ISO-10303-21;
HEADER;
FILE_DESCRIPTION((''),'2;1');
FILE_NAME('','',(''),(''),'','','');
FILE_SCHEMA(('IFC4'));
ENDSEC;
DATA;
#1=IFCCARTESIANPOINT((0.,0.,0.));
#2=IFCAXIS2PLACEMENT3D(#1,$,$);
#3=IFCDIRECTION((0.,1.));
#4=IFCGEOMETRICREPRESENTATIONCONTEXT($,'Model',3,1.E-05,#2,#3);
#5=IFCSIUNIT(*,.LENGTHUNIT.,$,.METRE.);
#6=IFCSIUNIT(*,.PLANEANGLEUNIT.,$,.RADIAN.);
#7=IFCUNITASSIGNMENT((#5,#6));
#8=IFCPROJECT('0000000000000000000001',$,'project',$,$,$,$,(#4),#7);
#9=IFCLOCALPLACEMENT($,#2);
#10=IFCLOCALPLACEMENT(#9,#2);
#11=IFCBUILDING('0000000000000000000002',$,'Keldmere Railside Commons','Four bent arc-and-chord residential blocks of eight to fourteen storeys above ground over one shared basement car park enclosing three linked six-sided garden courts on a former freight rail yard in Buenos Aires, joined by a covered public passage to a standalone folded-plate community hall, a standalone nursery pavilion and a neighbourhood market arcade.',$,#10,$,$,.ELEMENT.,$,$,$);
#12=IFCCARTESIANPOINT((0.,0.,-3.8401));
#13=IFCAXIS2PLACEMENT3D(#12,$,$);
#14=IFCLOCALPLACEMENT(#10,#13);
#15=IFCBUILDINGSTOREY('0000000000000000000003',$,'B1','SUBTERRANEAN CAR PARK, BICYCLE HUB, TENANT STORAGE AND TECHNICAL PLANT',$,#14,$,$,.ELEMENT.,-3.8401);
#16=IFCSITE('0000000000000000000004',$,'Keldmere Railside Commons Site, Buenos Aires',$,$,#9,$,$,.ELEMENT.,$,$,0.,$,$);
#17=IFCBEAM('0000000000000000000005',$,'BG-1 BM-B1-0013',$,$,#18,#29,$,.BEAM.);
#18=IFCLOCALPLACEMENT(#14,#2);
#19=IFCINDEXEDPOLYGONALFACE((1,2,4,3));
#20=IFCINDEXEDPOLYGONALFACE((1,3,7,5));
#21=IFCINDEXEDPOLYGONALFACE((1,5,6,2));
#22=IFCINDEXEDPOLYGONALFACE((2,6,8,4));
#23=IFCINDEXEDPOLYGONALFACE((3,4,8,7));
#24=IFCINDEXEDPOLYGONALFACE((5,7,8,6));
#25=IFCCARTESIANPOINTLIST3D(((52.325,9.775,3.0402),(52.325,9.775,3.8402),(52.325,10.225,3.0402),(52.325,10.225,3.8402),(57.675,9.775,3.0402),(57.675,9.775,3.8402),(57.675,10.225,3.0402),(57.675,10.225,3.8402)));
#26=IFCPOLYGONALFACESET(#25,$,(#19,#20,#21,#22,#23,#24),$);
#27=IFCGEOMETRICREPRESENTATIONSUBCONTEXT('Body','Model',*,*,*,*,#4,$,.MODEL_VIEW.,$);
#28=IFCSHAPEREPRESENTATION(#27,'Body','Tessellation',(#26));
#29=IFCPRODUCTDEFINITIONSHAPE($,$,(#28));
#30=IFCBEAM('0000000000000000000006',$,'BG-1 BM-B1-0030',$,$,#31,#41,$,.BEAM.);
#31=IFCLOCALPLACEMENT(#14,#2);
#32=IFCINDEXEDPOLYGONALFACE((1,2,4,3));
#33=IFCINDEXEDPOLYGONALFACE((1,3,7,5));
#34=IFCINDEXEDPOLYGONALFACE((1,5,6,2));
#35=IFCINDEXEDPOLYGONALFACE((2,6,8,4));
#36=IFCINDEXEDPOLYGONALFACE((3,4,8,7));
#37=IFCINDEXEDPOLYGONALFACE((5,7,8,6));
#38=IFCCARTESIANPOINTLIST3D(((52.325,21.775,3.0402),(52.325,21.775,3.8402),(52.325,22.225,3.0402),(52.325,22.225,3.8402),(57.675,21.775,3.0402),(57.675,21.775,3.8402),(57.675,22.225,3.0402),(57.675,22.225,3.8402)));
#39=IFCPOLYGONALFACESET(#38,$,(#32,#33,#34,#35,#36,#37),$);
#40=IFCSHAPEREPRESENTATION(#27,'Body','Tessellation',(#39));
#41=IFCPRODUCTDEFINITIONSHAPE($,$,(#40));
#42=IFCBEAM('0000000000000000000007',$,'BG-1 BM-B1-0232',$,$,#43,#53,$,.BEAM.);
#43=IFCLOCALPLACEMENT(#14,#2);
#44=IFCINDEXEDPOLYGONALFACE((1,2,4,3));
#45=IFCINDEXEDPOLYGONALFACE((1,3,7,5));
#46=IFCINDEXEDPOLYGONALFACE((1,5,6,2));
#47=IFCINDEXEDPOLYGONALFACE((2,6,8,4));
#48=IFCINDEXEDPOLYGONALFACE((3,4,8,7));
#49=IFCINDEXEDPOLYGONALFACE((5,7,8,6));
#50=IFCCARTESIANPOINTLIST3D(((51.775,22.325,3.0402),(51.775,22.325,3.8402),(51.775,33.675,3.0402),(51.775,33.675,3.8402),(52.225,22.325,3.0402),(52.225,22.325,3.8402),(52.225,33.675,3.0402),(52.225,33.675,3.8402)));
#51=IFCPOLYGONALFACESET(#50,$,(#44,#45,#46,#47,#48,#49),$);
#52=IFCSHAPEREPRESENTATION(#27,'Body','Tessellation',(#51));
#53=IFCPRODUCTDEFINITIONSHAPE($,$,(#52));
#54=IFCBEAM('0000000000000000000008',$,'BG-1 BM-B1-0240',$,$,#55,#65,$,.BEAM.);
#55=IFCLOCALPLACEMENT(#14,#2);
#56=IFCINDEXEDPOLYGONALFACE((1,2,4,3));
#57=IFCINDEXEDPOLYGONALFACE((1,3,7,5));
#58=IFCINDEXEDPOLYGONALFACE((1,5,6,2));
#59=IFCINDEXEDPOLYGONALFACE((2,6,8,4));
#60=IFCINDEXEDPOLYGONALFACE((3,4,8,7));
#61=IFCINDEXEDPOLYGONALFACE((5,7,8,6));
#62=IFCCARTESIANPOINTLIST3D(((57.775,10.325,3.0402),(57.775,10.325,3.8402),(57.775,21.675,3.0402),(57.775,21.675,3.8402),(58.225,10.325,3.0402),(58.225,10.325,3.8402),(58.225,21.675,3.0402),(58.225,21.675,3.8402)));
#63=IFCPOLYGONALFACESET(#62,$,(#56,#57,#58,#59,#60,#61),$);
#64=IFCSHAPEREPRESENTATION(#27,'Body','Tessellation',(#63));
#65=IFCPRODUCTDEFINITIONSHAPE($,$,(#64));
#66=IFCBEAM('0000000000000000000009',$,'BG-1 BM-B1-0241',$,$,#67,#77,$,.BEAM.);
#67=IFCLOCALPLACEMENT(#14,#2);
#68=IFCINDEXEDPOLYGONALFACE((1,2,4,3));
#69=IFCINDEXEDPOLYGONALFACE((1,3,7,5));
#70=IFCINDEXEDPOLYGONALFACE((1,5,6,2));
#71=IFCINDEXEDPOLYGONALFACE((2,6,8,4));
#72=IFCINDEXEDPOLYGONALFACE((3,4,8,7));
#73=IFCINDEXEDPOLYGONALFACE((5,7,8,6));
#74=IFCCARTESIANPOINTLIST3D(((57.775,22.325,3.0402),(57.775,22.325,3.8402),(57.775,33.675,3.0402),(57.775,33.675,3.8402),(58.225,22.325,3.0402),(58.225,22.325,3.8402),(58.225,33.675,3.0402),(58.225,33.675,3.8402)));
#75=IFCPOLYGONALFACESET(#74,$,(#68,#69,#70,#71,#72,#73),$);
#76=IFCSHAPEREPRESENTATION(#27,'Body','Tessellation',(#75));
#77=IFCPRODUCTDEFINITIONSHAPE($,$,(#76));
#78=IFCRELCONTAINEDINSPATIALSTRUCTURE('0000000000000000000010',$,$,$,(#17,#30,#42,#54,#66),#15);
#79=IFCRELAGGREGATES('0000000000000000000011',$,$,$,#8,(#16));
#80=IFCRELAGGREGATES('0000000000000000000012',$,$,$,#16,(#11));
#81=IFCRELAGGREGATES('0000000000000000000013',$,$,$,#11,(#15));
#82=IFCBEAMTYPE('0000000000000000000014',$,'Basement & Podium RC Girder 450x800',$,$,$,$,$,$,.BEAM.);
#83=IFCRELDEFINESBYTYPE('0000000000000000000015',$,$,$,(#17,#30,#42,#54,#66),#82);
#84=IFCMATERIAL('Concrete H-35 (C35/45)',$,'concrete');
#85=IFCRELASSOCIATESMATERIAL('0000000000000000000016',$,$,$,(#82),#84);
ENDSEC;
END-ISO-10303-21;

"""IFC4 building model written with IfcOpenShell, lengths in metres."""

from ifc_helpers import new_model, si_unit, direction, frame, origin, origin_2d, place, context, subcontext, project, spatial, rectangle, extrude, material, material_profile, profile_set, type_object, element, save


model = new_model("IFC4")

# Units and contexts
model_context = context("Model", 3, precision=1e-05, world=origin(), true_north=direction((0.0, 1.0)))
body_context = subcontext(model_context, "Body", "Model", "MODEL_VIEW")
ifc_project = project(units=[si_unit("LENGTHUNIT", "METRE"), si_unit("PLANEANGLEUNIT", "RADIAN")], contexts=[model_context])

# Site, building, storey
site_placement = place(None, origin())
site = spatial("IfcSite", under=ifc_project, at=site_placement, Name="Keldmere Railside Commons Site, Buenos Aires", CompositionType="ELEMENT", RefElevation=0.0)
building_placement = place(site_placement, origin())
building = spatial("IfcBuilding", under=site, at=building_placement, Name="Keldmere Railside Commons", Description="Four bent arc-and-chord residential blocks of eight to fourteen storeys above ground over one shared basement car park enclosing three linked six-sided garden courts on a former freight rail yard in Buenos Aires, joined by a covered public passage to a standalone folded-plate community hall, a standalone nursery pavilion and a neighbourhood market arcade.", CompositionType="ELEMENT")
storey_placement = place(building_placement, frame((0.0, 0.0, -3.8401)))
storey = spatial("IfcBuildingStorey", under=building, at=storey_placement, Name="B1", Description="SUBTERRANEAN CAR PARK, BICYCLE HUB, TENANT STORAGE AND TECHNICAL PLANT", CompositionType="ELEMENT", Elevation=-3.8401)

# Beams
ifc_material_1 = material(Name="Concrete H-35 (C35/45)", Category="concrete")
ifc_material_profile_1 = material_profile(ifc_material_1, rectangle(XDim=0.45, YDim=0.8, at=origin_2d()), Name="RC-450x800")
ifc_profile_set_1 = profile_set([ifc_material_profile_1], Name="Concrete H-35 (C35/45)")
beam_type = type_object("IfcBeamType", Name="Basement & Podium RC Girder 450x800", PredefinedType="BEAM", material=ifc_profile_set_1)
for number, where, z_axis, x_axis, name in (
    (1, (52.325, 10.0, 3.4402), (1.0, 0.0, 0.0), (0.0, 1.0, 0.0), "BG-1 BM-B1-0013"),
    (2, (52.325, 22.0, 3.4402), (1.0, 0.0, 0.0), (0.0, 1.0, 0.0), "BG-1 BM-B1-0030"),
):
    element("IfcBeam", number, at=place(storey_placement, frame(where, z_axis=z_axis, x_axis=x_axis)), inside=storey, type_object=beam_type, Name=name, PredefinedType="BEAM", context=body_context, shape_type="SweptSolid", body=[
        extrude(rectangle(XDim=0.45, YDim=0.8, at=origin_2d()), origin(), (0.0, 0.0, 1.0), 5.3501),
    ])
for number, where, z_axis, x_axis, name in (
    (3, (52.0, 22.325, 3.4402), (0.0, 1.0, 0.0), (-1.0, 0.0, 0.0), "BG-1 BM-B1-0232"),
    (4, (58.0, 10.325, 3.4402), (0.0, 1.0, 0.0), (-1.0, 0.0, 0.0), "BG-1 BM-B1-0240"),
    (5, (58.0, 22.325, 3.4402), (0.0, 1.0, 0.0), (-1.0, 0.0, 0.0), "BG-1 BM-B1-0241"),
):
    element("IfcBeam", number, at=place(storey_placement, frame(where, z_axis=z_axis, x_axis=x_axis)), inside=storey, type_object=beam_type, Name=name, PredefinedType="BEAM", context=body_context, shape_type="SweptSolid", body=[
        extrude(rectangle(XDim=0.45, YDim=0.8, at=origin_2d()), origin(), (0.0, 0.0, 1.0), 11.3501),
    ])

save(model, "model.ifc")
